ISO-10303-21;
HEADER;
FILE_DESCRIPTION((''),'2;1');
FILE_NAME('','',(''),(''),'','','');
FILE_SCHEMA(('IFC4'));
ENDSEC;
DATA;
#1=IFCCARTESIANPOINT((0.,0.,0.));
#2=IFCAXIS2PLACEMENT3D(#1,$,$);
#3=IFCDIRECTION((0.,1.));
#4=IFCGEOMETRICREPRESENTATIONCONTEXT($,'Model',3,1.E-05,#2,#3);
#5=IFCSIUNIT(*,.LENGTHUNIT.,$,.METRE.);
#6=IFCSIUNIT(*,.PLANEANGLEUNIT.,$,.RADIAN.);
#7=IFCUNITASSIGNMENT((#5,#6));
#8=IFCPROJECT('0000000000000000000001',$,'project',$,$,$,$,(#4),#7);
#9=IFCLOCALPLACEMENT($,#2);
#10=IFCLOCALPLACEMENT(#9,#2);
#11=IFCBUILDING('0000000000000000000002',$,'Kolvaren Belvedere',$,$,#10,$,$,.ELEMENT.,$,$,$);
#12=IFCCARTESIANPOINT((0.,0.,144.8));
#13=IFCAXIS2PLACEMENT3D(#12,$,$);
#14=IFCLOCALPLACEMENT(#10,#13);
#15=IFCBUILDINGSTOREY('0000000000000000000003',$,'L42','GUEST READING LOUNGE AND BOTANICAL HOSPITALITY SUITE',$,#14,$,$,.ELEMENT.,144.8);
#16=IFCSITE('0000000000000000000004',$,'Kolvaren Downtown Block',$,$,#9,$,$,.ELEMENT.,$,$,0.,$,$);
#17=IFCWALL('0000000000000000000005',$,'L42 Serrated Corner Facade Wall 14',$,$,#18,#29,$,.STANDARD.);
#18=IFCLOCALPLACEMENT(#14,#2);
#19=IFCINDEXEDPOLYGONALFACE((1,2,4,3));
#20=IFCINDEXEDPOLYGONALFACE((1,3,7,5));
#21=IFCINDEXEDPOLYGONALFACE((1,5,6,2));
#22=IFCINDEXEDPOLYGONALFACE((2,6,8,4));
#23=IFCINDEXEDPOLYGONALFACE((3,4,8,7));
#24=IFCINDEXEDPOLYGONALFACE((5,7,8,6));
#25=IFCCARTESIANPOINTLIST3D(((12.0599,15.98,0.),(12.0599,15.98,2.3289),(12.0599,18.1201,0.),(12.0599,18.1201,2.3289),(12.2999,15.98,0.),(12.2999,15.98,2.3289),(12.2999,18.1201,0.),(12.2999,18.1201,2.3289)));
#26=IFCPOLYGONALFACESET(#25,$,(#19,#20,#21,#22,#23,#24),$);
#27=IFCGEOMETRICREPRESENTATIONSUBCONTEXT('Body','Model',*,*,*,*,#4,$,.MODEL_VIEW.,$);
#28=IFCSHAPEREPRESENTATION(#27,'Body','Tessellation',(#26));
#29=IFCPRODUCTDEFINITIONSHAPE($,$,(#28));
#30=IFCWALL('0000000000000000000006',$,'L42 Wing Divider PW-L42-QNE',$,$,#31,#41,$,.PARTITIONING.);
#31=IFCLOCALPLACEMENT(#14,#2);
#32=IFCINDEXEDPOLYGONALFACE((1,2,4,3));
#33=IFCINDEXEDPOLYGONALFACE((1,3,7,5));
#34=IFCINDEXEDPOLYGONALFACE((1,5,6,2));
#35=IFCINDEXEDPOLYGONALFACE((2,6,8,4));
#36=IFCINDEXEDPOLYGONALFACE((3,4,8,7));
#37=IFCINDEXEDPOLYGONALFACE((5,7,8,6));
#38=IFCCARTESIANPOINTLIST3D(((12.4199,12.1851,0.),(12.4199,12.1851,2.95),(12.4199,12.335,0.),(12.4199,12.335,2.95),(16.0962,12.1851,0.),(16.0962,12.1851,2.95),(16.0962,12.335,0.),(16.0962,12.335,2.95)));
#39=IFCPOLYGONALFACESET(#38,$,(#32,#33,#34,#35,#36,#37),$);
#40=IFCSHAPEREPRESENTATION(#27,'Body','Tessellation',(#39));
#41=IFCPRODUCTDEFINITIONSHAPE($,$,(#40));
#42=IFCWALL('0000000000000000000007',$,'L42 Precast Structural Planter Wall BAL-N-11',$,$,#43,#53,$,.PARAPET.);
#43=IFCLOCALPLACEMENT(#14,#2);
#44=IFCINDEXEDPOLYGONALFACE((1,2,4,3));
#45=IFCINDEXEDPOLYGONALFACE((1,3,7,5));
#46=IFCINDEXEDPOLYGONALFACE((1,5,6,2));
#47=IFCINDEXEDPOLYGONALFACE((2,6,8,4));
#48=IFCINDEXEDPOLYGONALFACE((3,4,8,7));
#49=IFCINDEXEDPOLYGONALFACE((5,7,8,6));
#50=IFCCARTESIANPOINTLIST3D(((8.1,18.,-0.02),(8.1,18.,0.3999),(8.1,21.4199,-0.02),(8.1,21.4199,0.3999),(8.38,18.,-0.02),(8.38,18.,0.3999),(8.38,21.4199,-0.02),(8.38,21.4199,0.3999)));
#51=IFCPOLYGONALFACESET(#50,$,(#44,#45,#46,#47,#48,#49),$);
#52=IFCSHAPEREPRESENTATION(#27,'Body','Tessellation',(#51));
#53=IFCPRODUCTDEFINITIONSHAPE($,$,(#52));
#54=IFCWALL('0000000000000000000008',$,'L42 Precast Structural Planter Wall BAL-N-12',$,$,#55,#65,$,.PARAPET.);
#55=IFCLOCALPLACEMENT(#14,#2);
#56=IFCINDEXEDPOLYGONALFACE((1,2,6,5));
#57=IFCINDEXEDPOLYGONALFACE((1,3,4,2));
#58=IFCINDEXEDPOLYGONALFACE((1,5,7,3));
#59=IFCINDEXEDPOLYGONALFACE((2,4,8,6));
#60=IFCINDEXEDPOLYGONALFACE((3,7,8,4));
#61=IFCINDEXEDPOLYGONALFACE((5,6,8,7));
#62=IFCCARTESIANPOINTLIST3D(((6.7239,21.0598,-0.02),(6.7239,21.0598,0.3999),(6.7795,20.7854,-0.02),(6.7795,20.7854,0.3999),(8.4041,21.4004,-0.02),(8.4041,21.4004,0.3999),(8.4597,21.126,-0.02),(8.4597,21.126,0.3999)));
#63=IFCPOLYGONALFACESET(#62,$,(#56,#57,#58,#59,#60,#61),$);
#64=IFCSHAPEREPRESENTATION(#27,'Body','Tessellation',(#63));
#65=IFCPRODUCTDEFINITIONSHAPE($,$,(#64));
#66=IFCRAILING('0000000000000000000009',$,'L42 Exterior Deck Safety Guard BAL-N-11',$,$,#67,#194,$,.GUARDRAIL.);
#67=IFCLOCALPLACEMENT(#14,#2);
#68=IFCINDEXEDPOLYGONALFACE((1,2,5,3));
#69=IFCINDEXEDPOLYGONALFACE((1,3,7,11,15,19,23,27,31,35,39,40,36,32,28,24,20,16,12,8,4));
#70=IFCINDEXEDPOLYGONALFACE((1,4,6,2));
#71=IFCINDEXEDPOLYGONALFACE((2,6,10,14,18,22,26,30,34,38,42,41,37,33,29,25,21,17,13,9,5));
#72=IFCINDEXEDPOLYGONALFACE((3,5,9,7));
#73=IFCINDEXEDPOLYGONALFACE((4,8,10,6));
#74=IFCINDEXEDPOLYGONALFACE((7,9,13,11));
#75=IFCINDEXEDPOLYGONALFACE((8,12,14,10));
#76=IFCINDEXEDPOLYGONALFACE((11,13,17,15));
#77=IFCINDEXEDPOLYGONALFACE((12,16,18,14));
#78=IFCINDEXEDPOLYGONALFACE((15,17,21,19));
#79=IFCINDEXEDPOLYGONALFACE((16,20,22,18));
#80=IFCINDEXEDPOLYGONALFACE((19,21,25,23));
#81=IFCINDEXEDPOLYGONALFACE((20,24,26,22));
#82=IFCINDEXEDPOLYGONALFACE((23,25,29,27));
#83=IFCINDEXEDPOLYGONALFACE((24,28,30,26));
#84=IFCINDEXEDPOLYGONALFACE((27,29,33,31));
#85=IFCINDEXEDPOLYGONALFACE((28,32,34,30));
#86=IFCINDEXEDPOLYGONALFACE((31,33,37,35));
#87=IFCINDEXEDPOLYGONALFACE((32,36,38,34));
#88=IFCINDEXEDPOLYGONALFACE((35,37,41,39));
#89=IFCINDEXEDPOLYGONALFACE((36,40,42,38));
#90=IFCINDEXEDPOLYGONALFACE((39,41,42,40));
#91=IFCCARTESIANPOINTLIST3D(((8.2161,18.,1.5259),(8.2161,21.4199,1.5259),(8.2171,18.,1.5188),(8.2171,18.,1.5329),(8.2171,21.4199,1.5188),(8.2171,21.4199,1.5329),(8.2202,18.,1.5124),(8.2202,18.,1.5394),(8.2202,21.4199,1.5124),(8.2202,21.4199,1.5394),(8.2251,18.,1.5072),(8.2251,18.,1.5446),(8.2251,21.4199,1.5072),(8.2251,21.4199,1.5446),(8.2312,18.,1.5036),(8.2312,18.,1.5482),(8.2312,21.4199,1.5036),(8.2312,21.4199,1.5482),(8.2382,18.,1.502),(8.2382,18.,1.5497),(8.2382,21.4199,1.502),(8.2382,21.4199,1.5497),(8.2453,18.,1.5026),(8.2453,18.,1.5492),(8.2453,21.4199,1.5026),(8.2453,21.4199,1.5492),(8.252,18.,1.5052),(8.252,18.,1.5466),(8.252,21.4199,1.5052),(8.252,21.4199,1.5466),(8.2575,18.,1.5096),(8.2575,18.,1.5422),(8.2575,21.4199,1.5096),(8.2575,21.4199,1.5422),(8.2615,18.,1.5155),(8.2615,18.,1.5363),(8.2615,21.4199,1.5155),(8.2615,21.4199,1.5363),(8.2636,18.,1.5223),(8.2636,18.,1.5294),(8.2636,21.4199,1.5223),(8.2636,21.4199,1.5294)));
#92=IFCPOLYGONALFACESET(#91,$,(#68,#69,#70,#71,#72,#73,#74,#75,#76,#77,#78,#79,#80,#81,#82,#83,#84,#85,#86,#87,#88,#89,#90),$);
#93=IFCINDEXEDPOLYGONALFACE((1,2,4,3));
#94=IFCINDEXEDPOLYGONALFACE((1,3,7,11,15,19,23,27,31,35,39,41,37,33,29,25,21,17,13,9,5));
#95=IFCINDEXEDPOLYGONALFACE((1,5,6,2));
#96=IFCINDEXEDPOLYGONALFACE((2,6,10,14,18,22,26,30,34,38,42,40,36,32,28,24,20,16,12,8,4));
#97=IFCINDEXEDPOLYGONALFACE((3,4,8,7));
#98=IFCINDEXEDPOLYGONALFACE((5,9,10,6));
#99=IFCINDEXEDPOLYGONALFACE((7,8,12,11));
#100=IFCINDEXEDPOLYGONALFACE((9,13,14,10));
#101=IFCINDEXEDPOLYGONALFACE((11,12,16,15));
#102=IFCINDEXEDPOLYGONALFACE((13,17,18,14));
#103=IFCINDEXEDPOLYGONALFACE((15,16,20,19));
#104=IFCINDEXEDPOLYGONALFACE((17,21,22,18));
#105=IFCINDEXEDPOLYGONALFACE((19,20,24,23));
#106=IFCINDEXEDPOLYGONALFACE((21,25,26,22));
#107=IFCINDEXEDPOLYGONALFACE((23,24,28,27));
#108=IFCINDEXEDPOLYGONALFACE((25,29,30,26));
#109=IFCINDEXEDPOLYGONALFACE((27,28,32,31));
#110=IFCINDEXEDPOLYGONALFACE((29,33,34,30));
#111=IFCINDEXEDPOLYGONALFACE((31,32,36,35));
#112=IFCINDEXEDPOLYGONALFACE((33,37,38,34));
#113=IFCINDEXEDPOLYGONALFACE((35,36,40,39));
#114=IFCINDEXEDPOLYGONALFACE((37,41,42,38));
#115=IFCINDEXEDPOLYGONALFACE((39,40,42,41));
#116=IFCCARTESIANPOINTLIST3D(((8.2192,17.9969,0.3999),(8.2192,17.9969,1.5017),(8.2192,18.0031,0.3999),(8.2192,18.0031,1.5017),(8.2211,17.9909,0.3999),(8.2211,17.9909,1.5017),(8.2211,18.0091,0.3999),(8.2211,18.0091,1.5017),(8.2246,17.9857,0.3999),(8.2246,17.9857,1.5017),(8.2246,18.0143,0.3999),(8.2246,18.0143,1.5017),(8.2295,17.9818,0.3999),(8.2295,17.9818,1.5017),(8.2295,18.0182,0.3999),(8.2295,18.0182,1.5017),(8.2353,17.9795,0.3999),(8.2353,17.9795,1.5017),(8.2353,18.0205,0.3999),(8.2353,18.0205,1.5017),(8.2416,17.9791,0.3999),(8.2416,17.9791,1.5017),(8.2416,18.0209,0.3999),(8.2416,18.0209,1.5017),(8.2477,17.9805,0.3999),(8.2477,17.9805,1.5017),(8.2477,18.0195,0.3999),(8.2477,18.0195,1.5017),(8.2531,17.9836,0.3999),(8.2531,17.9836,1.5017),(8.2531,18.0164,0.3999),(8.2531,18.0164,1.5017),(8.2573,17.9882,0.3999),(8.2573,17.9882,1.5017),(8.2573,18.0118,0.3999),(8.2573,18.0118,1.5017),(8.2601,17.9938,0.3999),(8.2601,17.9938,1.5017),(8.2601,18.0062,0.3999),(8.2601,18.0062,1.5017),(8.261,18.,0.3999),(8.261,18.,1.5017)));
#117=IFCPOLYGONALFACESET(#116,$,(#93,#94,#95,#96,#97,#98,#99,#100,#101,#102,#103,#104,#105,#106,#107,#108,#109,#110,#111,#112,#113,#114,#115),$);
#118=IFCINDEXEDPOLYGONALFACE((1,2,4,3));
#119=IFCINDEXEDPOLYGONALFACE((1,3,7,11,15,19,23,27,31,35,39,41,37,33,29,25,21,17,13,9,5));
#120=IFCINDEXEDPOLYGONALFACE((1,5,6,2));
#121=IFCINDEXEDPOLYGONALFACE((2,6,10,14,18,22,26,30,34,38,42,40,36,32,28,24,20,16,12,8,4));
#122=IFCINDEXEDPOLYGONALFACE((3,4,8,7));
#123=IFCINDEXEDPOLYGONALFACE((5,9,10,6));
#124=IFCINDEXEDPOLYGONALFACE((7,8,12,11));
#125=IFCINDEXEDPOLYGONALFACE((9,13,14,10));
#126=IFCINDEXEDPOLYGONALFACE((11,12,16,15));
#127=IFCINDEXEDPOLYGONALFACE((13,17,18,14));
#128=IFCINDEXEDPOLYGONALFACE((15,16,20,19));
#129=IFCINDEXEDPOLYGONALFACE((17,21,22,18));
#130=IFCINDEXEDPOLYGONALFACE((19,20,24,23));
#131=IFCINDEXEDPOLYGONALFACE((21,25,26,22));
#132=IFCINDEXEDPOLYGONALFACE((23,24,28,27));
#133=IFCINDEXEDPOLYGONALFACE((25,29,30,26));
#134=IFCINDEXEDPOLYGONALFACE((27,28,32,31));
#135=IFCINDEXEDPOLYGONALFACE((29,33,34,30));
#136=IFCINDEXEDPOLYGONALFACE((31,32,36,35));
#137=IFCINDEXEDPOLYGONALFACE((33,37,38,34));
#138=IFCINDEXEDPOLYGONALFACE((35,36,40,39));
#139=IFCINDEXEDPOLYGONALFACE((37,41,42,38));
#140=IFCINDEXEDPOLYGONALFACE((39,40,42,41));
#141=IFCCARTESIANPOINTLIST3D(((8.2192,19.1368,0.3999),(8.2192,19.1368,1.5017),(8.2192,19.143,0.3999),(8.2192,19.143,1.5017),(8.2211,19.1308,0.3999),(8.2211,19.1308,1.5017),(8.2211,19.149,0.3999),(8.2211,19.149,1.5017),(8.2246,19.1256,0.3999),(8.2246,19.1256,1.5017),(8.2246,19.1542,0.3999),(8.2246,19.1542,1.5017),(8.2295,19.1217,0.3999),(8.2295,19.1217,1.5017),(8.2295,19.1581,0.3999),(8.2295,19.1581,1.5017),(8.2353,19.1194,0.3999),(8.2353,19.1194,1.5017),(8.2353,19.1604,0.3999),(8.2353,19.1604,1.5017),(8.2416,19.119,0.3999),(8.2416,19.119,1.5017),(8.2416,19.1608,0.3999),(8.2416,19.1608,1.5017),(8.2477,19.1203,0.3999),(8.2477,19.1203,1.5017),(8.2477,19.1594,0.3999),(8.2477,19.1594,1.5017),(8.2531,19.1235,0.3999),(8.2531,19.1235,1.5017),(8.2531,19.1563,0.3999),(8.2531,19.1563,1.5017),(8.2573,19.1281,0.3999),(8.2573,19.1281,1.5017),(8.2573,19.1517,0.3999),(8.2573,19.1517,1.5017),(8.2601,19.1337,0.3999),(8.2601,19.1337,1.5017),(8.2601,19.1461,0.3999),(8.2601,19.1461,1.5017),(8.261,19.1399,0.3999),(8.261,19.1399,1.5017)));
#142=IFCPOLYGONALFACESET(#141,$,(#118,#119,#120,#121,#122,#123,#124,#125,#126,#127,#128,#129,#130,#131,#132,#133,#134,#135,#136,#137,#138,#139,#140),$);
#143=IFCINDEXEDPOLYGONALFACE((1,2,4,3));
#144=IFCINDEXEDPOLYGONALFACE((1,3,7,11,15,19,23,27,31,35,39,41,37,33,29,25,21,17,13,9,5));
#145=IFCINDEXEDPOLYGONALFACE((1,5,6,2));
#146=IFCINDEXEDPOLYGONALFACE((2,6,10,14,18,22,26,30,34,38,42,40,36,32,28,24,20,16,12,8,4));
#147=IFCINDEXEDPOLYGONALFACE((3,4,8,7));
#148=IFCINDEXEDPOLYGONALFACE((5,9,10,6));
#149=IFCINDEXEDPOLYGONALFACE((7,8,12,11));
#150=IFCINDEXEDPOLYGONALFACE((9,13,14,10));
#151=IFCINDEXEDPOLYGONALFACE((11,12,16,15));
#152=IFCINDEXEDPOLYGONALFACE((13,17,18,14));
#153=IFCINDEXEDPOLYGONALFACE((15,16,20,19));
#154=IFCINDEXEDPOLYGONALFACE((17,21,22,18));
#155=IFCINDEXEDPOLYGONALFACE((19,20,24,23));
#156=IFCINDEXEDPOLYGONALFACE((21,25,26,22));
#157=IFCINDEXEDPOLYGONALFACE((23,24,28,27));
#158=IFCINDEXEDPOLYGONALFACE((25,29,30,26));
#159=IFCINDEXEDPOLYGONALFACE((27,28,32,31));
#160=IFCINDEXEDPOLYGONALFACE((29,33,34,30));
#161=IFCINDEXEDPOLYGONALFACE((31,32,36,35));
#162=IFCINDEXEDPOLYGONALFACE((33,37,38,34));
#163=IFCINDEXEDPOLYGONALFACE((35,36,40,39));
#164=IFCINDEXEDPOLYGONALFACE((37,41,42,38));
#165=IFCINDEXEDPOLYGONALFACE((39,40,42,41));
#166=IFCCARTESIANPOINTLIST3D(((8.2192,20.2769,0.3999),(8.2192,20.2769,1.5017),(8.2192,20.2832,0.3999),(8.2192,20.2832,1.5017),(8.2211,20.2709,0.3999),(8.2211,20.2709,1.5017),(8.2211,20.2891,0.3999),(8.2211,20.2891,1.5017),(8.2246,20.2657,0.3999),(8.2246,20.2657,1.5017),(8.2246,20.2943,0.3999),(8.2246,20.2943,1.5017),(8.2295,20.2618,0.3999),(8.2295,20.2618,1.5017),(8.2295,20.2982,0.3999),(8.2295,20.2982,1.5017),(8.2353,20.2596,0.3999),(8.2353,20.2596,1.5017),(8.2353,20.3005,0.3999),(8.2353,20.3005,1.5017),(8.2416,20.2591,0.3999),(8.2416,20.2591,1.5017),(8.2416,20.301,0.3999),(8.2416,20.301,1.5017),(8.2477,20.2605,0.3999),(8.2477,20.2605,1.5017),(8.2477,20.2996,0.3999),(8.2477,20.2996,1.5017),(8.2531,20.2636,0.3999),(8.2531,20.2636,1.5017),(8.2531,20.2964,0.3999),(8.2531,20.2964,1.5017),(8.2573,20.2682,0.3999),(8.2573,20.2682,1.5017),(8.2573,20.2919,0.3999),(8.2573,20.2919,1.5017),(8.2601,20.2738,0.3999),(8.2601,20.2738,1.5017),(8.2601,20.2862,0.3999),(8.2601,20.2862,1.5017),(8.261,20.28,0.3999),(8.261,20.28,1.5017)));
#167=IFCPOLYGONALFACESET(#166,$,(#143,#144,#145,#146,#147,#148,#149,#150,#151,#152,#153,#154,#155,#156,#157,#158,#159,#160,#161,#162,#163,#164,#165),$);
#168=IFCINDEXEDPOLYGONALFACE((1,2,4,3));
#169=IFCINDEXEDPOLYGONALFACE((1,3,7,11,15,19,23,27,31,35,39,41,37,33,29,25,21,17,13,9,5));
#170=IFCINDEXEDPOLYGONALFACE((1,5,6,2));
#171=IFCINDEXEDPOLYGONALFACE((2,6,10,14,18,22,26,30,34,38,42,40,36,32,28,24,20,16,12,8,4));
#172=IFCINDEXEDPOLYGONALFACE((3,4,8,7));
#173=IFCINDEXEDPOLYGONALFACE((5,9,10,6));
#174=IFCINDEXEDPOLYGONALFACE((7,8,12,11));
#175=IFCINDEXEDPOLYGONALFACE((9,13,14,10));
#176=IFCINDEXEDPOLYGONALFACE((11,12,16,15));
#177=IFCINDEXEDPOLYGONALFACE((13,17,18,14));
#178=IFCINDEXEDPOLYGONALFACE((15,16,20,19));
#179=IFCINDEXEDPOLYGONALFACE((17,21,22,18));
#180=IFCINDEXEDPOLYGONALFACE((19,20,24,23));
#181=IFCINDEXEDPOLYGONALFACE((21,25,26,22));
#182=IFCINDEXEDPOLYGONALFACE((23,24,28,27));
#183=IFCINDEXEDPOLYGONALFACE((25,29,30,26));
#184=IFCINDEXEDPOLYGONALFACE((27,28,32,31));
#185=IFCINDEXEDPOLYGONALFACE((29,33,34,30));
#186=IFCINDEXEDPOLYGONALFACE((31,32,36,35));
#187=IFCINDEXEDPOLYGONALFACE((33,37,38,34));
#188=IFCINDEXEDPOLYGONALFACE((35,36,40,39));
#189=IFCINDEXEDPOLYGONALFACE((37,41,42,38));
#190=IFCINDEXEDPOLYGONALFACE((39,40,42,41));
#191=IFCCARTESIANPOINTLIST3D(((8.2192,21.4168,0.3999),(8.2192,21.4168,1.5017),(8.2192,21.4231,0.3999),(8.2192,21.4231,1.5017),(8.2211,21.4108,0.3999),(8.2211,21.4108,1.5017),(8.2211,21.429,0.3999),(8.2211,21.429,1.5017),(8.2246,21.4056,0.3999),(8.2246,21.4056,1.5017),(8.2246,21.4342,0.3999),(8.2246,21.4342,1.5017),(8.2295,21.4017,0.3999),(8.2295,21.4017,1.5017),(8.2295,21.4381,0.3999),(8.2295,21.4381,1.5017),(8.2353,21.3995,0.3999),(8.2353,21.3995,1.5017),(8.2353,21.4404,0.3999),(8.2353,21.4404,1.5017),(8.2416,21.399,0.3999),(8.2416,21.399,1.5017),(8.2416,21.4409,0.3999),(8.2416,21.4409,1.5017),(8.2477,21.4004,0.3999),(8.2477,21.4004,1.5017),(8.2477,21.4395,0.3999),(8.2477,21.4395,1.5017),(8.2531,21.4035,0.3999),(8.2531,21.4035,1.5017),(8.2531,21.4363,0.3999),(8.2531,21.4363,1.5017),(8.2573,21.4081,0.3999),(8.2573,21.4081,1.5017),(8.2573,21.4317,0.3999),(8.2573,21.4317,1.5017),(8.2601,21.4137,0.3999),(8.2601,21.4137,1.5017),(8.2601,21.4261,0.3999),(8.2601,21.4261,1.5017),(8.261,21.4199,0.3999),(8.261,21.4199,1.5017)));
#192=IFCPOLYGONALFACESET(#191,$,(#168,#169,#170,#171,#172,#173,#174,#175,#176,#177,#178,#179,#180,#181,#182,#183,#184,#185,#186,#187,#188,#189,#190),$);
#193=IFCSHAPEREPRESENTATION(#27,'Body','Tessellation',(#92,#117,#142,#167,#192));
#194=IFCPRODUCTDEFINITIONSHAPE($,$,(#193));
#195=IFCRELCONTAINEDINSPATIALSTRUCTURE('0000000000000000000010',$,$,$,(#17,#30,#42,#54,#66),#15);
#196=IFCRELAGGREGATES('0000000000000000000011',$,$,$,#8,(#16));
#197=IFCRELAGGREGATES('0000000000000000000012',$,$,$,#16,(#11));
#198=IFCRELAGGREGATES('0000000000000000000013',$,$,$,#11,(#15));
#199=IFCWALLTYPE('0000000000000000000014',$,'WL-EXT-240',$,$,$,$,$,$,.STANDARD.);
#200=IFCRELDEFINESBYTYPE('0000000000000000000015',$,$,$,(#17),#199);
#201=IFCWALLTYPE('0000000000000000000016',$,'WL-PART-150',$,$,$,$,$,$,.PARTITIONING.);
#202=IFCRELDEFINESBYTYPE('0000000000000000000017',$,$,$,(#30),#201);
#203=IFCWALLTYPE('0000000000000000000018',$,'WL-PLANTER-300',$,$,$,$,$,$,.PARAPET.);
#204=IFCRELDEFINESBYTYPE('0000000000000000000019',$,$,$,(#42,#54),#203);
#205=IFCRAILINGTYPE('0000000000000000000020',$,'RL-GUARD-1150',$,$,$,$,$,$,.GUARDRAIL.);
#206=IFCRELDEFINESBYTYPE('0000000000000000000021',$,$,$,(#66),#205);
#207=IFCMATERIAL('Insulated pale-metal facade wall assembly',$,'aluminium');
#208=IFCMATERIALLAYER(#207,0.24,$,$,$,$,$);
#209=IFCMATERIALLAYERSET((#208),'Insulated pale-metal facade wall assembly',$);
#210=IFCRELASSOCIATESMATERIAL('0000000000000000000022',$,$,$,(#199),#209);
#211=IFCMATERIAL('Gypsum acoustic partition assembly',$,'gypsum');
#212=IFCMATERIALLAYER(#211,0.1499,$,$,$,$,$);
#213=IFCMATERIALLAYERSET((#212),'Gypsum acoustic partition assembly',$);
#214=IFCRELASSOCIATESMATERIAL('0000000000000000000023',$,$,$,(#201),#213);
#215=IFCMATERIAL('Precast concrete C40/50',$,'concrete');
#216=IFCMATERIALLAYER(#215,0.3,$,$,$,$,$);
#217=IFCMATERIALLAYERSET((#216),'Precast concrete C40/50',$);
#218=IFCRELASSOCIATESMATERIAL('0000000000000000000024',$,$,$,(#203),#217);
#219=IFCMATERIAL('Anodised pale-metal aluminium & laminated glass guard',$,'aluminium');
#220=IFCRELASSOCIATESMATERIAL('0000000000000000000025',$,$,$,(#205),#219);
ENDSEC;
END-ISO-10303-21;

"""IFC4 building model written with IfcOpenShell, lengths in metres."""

from ifc_helpers import new_model, si_unit, direction, frame, frame_2d, origin, origin_2d, place, context, subcontext, project, spatial, rectangle, circle, extrude, material, layer, layer_set, type_object, element, save


model = new_model("IFC4")

# Units and contexts
model_context = context("Model", 3, precision=1e-05, world=origin(), true_north=direction((0.0, 1.0)))
body_context = subcontext(model_context, "Body", "Model", "MODEL_VIEW")
ifc_project = project(units=[si_unit("LENGTHUNIT", "METRE"), si_unit("PLANEANGLEUNIT", "RADIAN")], contexts=[model_context])

# Site, building, storey
site_placement = place(None, origin())
site = spatial("IfcSite", under=ifc_project, at=site_placement, Name="Kolvaren Downtown Block", CompositionType="ELEMENT", RefElevation=0.0)
building_placement = place(site_placement, origin())
building = spatial("IfcBuilding", under=site, at=building_placement, Name="Kolvaren Belvedere", CompositionType="ELEMENT")
storey_placement = place(building_placement, frame((0.0, 0.0, 144.8)))
storey = spatial("IfcBuildingStorey", under=building, at=storey_placement, Name="L42", Description="GUEST READING LOUNGE AND BOTANICAL HOSPITALITY SUITE", CompositionType="ELEMENT", Elevation=144.8)

# Walls
ifc_material_1 = material(Name="Insulated pale-metal facade wall assembly", Category="aluminium")
ifc_layer_1 = layer(ifc_material_1, 0.24)
ifc_layer_set_1 = layer_set([ifc_layer_1], Name="Insulated pale-metal facade wall assembly")
wall_type_1 = type_object("IfcWallType", Name="WL-EXT-240", PredefinedType="STANDARD", material=ifc_layer_set_1)
for number, where, z_axis, x_axis, name in (
    (1, (12.1799, 18.1201, 0.0), (0.0, 0.0, 1.0), (0.0, -1.0, 0.0), "L42 Serrated Corner Facade Wall 14"),
):
    element("IfcWall", number, at=place(storey_placement, frame(where, z_axis=z_axis, x_axis=x_axis)), inside=storey, type_object=wall_type_1, Name=name, PredefinedType="STANDARD", context=body_context, shape_type="SweptSolid", body=[
        extrude(rectangle(XDim=2.1401, YDim=0.24, at=frame_2d((1.0701, 0.0))), origin(), (0.0, 0.0, 1.0), 2.3289),
    ])
ifc_material_2 = material(Name="Gypsum acoustic partition assembly", Category="gypsum")
ifc_layer_2 = layer(ifc_material_2, 0.1499)
ifc_layer_set_2 = layer_set([ifc_layer_2], Name="Gypsum acoustic partition assembly")
wall_type_2 = type_object("IfcWallType", Name="WL-PART-150", PredefinedType="PARTITIONING", material=ifc_layer_set_2)
wall_1_placement = place(storey_placement, frame((12.4199, 12.26, 0.0), z_axis=(0.0, 0.0, 1.0), x_axis=(1.0, 0.0, 0.0)))
element("IfcWall", 2, at=wall_1_placement, inside=storey, type_object=wall_type_2, Name="L42 Wing Divider PW-L42-QNE", PredefinedType="PARTITIONING", context=body_context, shape_type="SweptSolid", body=[
    extrude(rectangle(XDim=3.6763, YDim=0.1499, at=frame_2d((1.8381, 0.0))), origin(), (0.0, 0.0, 1.0), 2.95),
])
ifc_material_3 = material(Name="Precast concrete C40/50", Category="concrete")
ifc_layer_3 = layer(ifc_material_3, 0.3)
ifc_layer_set_3 = layer_set([ifc_layer_3], Name="Precast concrete C40/50")
wall_type_3 = type_object("IfcWallType", Name="WL-PLANTER-300", PredefinedType="PARAPET", material=ifc_layer_set_3)
wall_2_placement = place(storey_placement, frame((8.24, 18.0, -0.02), z_axis=(0.0, 0.0, 1.0), x_axis=(0.0, 1.0, 0.0)))
element("IfcWall", 3, at=wall_2_placement, inside=storey, type_object=wall_type_3, Name="L42 Precast Structural Planter Wall BAL-N-11", PredefinedType="PARAPET", context=body_context, shape_type="SweptSolid", body=[
    extrude(rectangle(XDim=3.4199, YDim=0.28, at=frame_2d((1.71, 0.0))), origin(), (0.0, 0.0, 1.0), 0.4199),
])
wall_3_placement = place(storey_placement, frame((8.4319, 21.2632, -0.02), z_axis=(0.0, 0.0, 1.0), x_axis=(-0.980068, -0.198662, 0.0)))
element("IfcWall", 4, at=wall_3_placement, inside=storey, type_object=wall_type_3, Name="L42 Precast Structural Planter Wall BAL-N-12", PredefinedType="PARAPET", context=body_context, shape_type="SweptSolid", body=[
    extrude(rectangle(XDim=1.7144, YDim=0.28, at=frame_2d((0.8572, 0.0))), origin(), (0.0, 0.0, 1.0), 0.4199),
])

# Railing
ifc_material_4 = material(Name="Anodised pale-metal aluminium & laminated glass guard", Category="aluminium")
railing_type = type_object("IfcRailingType", Name="RL-GUARD-1150", PredefinedType="GUARDRAIL", material=ifc_material_4)
railing_1_placement = place(storey_placement, frame((8.24, 18.0, 0.3999)))
element("IfcRailing", 5, at=railing_1_placement, inside=storey, type_object=railing_type, Name="L42 Exterior Deck Safety Guard BAL-N-11", PredefinedType="GUARDRAIL", context=body_context, shape_type="SweptSolid", body=[
    extrude(circle(Radius=0.0239, at=origin_2d()), frame((0.0, 0.0, 1.126), z_axis=(0.0, 1.0, 0.0), x_axis=(-1.0, 0.0, 0.0)), (0.0, 0.0, 1.0), 3.4199),
    extrude(circle(Radius=0.021, at=origin_2d()), origin(), (0.0, 0.0, 1.0), 1.1018),
    extrude(circle(Radius=0.021, at=origin_2d()), frame((0.0, 1.1399, 0.0)), (0.0, 0.0, 1.0), 1.1018),
    extrude(circle(Radius=0.021, at=origin_2d()), frame((0.0, 2.28, 0.0)), (0.0, 0.0, 1.0), 1.1018),
    extrude(circle(Radius=0.021, at=origin_2d()), frame((0.0, 3.4199, 0.0)), (0.0, 0.0, 1.0), 1.1018),
])

save(model, "model.ifc")
